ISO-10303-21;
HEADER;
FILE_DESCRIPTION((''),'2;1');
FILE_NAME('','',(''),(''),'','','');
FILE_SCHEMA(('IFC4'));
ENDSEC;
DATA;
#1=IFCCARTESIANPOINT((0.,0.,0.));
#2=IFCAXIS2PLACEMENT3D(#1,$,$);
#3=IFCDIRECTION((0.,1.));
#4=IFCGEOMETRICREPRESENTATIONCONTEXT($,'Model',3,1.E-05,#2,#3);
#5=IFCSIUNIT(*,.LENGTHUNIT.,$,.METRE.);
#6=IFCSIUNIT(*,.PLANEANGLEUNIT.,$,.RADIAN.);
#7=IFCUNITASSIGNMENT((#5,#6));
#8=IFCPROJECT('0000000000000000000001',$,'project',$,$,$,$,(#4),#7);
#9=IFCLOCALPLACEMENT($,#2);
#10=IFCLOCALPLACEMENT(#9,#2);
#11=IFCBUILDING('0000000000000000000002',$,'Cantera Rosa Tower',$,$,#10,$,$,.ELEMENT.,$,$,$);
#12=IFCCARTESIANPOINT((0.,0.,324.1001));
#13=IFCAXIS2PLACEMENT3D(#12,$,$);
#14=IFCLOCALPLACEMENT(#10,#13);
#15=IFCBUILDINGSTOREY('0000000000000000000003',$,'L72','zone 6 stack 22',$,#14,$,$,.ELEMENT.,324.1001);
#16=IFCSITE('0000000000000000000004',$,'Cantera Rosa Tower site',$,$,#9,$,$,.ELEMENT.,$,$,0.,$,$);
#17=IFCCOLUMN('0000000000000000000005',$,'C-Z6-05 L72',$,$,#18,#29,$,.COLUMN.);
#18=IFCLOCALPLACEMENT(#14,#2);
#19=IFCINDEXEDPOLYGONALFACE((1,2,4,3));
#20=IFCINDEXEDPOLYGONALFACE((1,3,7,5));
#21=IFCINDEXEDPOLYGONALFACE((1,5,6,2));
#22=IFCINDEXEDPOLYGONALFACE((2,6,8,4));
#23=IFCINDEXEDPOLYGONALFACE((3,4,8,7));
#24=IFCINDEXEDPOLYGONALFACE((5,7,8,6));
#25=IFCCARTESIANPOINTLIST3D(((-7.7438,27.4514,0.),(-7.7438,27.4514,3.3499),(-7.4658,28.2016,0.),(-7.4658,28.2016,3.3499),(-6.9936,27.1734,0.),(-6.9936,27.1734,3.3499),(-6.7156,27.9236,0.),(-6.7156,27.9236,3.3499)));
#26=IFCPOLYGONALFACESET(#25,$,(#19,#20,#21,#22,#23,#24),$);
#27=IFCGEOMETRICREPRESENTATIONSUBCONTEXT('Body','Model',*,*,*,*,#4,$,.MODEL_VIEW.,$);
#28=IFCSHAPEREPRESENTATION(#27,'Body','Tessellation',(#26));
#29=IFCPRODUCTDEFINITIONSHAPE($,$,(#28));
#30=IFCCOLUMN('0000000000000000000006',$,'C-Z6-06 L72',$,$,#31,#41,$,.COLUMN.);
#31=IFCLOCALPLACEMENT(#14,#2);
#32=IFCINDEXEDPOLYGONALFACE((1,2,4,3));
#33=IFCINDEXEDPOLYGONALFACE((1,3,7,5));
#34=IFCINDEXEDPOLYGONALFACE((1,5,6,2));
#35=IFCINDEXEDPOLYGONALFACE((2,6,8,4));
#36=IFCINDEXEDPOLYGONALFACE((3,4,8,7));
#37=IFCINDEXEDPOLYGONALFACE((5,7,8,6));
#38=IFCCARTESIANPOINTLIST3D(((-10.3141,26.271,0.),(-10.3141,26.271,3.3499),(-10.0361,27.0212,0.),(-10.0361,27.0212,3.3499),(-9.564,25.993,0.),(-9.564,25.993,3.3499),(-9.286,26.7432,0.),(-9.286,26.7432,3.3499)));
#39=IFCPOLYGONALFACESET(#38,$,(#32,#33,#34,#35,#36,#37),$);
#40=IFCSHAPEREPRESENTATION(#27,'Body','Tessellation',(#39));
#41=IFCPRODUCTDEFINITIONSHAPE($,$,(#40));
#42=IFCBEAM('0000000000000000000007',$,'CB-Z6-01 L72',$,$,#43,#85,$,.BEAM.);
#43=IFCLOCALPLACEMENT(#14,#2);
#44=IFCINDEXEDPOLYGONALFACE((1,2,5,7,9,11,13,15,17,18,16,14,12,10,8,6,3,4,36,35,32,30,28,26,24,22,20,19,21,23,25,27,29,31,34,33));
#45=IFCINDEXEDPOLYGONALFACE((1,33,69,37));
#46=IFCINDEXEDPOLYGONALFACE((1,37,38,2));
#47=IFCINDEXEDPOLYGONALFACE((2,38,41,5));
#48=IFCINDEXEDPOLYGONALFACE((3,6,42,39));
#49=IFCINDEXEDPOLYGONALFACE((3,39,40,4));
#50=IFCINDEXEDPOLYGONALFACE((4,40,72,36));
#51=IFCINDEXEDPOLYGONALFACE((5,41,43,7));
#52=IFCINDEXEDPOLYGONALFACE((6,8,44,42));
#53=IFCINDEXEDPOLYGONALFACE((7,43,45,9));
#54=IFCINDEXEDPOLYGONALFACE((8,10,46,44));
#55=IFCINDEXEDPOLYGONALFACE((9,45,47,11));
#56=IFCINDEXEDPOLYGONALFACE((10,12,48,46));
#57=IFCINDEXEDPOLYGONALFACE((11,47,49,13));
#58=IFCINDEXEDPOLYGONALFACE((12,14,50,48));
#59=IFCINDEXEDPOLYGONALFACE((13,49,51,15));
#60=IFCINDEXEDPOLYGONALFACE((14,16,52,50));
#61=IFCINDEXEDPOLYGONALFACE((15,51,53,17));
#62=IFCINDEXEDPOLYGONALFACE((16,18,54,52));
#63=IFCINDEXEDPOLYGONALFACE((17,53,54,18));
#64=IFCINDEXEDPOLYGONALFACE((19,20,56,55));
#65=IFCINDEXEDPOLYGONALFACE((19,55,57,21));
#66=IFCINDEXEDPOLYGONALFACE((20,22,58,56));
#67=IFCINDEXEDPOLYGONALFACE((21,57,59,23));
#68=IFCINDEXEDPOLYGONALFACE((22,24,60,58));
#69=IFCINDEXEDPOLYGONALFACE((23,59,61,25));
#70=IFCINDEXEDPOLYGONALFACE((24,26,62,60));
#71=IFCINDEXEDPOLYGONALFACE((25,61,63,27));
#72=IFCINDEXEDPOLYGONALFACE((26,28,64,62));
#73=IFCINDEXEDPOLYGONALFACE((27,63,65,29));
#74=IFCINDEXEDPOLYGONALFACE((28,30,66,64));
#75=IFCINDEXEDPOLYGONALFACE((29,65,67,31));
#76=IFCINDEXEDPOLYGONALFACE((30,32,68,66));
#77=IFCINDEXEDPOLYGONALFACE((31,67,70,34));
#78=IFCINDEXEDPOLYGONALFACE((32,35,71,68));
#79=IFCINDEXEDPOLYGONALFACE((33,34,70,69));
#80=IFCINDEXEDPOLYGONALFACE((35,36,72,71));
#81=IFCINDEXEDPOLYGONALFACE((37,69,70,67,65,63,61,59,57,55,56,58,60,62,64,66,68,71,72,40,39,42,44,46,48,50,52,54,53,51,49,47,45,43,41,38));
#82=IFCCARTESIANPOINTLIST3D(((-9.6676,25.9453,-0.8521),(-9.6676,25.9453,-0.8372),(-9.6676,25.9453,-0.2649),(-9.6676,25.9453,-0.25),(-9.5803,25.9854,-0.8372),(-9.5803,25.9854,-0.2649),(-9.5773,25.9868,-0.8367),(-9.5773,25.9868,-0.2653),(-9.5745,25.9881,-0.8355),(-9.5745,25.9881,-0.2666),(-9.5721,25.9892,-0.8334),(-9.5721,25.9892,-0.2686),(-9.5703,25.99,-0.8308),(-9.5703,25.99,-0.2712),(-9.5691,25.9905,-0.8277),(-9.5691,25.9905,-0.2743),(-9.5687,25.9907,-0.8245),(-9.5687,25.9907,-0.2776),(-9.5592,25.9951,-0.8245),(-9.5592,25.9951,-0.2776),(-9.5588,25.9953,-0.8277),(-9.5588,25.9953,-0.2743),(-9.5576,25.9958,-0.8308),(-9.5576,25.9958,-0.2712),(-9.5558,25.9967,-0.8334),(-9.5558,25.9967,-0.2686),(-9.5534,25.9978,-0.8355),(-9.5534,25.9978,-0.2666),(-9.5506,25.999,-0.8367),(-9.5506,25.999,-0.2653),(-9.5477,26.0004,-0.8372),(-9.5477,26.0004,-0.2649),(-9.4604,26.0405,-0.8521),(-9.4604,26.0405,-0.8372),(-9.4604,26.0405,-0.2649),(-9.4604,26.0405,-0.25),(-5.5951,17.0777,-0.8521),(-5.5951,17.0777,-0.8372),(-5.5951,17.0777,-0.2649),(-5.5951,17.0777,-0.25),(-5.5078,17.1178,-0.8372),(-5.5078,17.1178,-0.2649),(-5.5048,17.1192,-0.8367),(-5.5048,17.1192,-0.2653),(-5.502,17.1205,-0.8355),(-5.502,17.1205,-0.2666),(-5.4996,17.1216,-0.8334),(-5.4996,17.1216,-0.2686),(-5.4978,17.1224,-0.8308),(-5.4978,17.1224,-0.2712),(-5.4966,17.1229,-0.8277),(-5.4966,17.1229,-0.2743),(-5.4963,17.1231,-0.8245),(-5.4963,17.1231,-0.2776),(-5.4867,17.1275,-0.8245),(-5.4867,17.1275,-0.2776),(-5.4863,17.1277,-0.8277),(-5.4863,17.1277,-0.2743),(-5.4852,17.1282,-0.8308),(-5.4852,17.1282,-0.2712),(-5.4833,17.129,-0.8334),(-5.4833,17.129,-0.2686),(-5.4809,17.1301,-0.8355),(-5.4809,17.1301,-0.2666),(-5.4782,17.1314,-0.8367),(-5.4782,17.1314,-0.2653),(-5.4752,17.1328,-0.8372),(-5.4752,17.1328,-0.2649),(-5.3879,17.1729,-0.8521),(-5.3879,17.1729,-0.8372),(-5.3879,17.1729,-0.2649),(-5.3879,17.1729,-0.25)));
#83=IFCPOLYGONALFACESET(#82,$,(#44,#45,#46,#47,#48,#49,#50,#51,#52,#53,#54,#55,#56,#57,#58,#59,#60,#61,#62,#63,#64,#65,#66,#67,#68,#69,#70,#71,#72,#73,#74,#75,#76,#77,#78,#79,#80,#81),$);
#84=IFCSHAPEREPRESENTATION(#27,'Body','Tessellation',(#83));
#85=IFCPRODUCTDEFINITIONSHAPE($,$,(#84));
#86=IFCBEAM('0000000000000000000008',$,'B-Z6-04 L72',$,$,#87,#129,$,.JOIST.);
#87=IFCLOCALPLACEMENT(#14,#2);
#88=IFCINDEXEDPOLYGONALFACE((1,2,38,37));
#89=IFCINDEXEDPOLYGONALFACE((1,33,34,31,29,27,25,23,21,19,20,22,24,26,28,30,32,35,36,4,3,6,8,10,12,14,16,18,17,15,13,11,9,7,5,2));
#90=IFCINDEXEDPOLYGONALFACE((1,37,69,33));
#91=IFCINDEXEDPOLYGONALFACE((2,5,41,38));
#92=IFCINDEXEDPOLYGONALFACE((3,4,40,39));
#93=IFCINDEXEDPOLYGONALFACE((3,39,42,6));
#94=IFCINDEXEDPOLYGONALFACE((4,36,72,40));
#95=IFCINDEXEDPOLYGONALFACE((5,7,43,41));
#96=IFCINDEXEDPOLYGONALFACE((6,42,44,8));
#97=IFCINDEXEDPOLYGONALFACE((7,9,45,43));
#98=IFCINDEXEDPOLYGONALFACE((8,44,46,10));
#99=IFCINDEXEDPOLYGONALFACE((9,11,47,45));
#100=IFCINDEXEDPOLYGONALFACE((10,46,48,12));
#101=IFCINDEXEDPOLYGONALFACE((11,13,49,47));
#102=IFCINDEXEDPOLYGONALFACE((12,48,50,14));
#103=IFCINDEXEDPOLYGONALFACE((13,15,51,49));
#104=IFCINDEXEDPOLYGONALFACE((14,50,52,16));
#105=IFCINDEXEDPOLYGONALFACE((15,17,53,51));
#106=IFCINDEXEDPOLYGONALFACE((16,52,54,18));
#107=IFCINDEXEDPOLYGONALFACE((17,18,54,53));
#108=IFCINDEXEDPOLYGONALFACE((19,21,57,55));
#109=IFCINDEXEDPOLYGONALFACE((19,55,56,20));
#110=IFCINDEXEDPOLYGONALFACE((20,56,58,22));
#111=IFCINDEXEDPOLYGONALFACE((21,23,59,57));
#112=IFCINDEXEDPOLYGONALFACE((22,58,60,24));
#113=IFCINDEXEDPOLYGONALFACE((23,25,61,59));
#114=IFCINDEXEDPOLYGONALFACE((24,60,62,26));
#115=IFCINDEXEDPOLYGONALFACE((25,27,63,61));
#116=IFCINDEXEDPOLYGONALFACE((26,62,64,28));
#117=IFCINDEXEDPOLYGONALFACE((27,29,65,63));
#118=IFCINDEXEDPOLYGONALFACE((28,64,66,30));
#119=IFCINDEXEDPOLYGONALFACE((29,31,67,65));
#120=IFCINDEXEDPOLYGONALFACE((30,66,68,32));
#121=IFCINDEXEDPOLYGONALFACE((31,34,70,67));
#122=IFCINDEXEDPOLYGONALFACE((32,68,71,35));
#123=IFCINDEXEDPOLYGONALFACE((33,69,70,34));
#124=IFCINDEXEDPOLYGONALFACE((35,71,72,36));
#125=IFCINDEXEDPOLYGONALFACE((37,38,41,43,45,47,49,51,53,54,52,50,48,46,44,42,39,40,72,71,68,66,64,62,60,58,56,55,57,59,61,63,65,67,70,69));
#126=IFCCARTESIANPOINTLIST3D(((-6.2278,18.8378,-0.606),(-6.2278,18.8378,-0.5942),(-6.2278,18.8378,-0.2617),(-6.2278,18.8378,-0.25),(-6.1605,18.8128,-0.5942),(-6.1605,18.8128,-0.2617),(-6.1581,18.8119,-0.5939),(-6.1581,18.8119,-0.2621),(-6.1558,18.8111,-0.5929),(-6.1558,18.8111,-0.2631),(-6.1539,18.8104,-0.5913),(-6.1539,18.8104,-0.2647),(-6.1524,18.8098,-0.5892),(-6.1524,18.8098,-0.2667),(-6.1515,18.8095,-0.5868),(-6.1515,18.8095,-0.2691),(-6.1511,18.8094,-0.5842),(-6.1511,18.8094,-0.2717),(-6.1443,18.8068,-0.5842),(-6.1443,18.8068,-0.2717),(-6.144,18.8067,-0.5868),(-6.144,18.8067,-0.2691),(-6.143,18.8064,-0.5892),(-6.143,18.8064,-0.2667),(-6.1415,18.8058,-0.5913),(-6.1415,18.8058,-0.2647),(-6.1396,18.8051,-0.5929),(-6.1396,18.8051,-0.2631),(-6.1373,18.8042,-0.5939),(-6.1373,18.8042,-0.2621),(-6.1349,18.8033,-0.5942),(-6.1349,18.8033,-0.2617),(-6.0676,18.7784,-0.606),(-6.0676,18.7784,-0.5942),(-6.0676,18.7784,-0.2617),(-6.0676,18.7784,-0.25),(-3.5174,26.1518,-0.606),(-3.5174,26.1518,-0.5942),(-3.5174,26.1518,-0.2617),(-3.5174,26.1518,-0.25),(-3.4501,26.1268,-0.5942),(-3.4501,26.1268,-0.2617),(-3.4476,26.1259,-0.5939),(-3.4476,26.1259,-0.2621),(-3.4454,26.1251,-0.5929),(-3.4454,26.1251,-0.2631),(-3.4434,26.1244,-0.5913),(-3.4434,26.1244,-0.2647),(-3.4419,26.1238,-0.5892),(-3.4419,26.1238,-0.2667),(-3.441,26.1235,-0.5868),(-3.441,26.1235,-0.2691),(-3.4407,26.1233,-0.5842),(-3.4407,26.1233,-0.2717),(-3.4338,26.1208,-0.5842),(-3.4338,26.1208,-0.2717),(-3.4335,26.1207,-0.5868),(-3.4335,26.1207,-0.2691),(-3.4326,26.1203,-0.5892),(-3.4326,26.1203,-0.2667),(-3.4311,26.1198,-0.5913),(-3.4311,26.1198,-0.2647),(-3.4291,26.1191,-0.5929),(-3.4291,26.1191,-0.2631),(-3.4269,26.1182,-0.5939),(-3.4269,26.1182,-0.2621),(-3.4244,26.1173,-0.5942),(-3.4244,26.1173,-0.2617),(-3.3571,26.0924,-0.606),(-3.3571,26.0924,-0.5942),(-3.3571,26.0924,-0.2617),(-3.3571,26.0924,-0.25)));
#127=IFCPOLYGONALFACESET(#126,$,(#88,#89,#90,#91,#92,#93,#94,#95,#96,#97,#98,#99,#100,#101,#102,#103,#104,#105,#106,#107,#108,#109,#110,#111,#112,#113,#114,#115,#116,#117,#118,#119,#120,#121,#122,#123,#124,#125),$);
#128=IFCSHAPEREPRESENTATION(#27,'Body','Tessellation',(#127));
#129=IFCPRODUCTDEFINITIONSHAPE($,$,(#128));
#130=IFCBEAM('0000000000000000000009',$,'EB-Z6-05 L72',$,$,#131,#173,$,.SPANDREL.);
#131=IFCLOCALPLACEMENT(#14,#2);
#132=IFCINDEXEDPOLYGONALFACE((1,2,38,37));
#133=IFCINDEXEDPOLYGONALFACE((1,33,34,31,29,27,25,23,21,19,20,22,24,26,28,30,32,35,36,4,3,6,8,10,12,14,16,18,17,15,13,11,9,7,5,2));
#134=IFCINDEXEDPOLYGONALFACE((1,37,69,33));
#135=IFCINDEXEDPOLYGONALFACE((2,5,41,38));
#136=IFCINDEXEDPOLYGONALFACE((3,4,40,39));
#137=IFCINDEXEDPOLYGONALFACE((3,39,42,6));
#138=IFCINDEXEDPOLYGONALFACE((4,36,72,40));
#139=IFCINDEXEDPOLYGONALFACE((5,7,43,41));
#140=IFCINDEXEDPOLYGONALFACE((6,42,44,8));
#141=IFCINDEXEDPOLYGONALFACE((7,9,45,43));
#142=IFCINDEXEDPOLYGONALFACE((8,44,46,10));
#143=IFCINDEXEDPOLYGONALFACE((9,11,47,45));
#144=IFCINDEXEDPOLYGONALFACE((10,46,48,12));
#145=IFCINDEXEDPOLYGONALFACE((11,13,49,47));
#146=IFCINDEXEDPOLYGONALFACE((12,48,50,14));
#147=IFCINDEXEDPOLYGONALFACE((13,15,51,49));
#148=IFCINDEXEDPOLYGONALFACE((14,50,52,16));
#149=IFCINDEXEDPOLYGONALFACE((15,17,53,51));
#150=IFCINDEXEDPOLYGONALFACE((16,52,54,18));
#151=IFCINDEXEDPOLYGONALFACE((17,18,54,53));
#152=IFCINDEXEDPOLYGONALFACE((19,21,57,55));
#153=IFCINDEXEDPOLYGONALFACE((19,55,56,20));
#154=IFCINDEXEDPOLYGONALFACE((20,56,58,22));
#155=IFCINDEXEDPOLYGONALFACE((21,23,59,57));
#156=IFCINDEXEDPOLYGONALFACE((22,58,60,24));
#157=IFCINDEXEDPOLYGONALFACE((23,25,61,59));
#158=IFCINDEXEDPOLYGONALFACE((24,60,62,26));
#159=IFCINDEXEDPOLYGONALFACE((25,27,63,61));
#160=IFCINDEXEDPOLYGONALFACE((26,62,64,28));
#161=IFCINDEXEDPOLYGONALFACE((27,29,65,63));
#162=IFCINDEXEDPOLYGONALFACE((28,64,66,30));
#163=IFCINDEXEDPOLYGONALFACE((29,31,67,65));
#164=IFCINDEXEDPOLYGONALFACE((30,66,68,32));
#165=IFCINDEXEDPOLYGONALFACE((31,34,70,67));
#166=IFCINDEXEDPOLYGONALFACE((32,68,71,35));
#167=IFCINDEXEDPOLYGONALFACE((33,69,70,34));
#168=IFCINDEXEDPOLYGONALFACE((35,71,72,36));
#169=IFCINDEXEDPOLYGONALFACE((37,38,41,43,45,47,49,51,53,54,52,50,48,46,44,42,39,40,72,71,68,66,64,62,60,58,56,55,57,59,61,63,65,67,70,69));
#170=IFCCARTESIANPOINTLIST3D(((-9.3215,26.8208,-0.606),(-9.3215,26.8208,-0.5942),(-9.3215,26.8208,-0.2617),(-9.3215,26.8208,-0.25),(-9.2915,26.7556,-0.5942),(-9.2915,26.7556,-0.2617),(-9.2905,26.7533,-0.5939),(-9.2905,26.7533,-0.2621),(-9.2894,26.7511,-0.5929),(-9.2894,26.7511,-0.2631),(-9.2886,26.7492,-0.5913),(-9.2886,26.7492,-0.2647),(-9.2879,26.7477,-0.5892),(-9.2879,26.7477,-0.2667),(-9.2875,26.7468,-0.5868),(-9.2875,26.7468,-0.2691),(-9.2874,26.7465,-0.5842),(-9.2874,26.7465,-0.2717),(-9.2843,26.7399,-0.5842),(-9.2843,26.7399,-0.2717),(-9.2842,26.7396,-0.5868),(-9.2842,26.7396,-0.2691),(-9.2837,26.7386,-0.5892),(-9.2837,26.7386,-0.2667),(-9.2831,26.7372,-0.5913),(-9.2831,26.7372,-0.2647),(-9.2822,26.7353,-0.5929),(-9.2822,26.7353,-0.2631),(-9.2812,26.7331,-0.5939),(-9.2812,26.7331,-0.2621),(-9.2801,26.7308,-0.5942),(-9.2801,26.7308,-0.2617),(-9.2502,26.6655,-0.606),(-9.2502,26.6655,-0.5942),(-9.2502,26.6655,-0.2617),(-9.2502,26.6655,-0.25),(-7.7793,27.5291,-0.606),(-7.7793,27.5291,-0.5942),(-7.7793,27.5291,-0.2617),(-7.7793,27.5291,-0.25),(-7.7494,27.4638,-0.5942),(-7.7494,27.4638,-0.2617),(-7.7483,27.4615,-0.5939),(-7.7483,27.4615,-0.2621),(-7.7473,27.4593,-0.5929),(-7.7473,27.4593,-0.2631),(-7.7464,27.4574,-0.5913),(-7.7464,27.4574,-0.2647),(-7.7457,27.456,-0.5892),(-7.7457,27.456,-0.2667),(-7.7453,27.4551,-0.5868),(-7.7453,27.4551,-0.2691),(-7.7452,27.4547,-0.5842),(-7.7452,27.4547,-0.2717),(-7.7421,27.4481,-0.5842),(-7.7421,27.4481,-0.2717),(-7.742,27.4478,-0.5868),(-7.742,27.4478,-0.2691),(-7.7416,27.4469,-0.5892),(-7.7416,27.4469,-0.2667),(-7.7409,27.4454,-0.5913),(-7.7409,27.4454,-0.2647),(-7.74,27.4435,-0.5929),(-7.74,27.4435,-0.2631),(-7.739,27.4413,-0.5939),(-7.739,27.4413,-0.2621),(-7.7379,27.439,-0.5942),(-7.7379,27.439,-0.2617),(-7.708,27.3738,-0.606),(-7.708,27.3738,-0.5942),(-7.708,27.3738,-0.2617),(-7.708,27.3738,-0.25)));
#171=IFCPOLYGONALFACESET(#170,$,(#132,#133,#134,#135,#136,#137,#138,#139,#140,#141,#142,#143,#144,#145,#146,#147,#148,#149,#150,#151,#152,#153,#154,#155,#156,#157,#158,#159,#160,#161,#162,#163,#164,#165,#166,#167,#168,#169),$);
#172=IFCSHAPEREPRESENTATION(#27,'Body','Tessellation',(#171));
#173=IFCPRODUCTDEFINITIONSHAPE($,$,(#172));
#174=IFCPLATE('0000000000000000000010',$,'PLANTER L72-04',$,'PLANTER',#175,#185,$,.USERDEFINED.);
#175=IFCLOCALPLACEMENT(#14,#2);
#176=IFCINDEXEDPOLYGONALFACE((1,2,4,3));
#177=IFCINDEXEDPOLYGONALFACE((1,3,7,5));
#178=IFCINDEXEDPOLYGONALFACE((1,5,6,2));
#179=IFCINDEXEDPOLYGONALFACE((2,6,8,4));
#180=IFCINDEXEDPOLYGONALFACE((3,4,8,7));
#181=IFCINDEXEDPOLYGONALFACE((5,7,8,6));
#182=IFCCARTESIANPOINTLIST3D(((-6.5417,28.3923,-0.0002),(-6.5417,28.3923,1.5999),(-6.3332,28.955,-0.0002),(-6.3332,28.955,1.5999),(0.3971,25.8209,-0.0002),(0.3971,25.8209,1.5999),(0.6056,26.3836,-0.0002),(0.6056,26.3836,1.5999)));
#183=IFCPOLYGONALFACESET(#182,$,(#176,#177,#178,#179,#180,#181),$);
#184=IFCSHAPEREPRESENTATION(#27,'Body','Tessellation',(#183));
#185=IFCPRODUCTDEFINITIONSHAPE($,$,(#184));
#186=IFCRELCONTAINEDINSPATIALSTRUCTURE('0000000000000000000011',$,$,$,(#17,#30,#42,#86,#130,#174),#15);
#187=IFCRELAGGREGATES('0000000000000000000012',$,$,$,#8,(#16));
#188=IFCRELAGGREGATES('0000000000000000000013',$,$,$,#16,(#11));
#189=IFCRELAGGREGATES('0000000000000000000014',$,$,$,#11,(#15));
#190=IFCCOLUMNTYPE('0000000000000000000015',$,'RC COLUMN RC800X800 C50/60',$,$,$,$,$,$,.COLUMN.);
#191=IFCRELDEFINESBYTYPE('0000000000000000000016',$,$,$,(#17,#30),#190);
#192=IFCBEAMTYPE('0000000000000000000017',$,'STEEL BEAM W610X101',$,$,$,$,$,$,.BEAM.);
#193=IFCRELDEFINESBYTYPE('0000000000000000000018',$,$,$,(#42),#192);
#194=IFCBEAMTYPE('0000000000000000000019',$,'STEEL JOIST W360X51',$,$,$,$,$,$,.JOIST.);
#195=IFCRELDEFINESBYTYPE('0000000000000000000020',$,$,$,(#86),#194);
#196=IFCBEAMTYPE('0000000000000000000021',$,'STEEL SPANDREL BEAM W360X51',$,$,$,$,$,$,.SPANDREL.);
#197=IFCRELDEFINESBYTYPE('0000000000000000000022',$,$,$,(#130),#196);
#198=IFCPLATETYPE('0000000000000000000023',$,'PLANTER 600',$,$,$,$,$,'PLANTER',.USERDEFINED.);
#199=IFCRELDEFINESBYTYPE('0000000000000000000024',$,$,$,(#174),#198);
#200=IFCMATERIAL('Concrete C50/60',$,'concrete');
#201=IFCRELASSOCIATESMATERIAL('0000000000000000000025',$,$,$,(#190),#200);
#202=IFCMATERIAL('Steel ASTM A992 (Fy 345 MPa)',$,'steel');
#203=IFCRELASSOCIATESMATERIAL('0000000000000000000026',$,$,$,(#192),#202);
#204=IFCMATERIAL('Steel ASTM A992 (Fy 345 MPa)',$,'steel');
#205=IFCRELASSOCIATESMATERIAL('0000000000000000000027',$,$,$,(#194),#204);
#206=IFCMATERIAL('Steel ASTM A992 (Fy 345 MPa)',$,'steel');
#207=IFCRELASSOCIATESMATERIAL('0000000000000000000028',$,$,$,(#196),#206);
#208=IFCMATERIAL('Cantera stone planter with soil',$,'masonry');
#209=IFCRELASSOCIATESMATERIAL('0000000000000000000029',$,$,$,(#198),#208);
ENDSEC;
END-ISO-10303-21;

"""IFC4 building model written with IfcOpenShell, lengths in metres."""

from ifc_helpers import new_model, si_unit, direction, frame, origin, origin_2d, place, context, subcontext, project, spatial, rectangle, i_section, extrude, material, material_profile, profile_set, type_object, element, save


model = new_model("IFC4")

# Units and contexts
model_context = context("Model", 3, precision=1e-05, world=origin(), true_north=direction((0.0, 1.0)))
body_context = subcontext(model_context, "Body", "Model", "MODEL_VIEW")
ifc_project = project(units=[si_unit("LENGTHUNIT", "METRE"), si_unit("PLANEANGLEUNIT", "RADIAN")], contexts=[model_context])

# Site, building, storey
site_placement = place(None, origin())
site = spatial("IfcSite", under=ifc_project, at=site_placement, Name="Cantera Rosa Tower site", CompositionType="ELEMENT", RefElevation=0.0)
building_placement = place(site_placement, origin())
building = spatial("IfcBuilding", under=site, at=building_placement, Name="Cantera Rosa Tower", CompositionType="ELEMENT")
storey_placement = place(building_placement, frame((0.0, 0.0, 324.1001)))
storey = spatial("IfcBuildingStorey", under=building, at=storey_placement, Name="L72", Description="zone 6 stack 22", CompositionType="ELEMENT", Elevation=324.1001)

# Columns
ifc_material_1 = material(Name="Concrete C50/60", Category="concrete")
ifc_material_profile_1 = material_profile(ifc_material_1, rectangle(XDim=0.8, YDim=0.8, at=origin_2d()), Name="RC COLUMN RC800X800 C50/60")
ifc_profile_set_1 = profile_set([ifc_material_profile_1], Name="Concrete C50/60")
column_type = type_object("IfcColumnType", Name="RC COLUMN RC800X800 C50/60", PredefinedType="COLUMN", material=ifc_profile_set_1)
for number, where, z_axis, x_axis, name in (
    (1, (-7.2297, 27.6875, 0.0), (0.0, 0.0, 1.0), (0.347481, 0.937687, 0.0), "C-Z6-05 L72"),
    (2, (-9.8, 26.5071, 0.0), (0.0, 0.0, 1.0), (0.347481, 0.937687, 0.0), "C-Z6-06 L72"),
):
    element("IfcColumn", number, at=place(storey_placement, frame(where, z_axis=z_axis, x_axis=x_axis)), inside=storey, type_object=column_type, Name=name, PredefinedType="COLUMN", context=body_context, shape_type="SweptSolid", body=[
        extrude(rectangle(XDim=0.8, YDim=0.8, at=origin_2d()), origin(), (0.0, 0.0, 1.0), 3.3499),
    ])

# Beams
ifc_material_2 = material(Name="Steel ASTM A992 (Fy 345 MPa)", Category="steel")
ifc_material_profile_2 = material_profile(ifc_material_2, i_section(OverallWidth=0.228, OverallDepth=0.6021, WebThickness=0.0105, FlangeThickness=0.0149, FilletRadius=0.0127, at=origin_2d()), Name="W610X101")
ifc_profile_set_2 = profile_set([ifc_material_profile_2], Name="Steel ASTM A992 (Fy 345 MPa)")
beam_type_1 = type_object("IfcBeamType", Name="STEEL BEAM W610X101", PredefinedType="BEAM", material=ifc_profile_set_2)
beam_1_placement = place(storey_placement, frame((-9.564, 25.9929, -0.551), z_axis=(0.417346, -0.908748, 0.0), x_axis=(0.908748, 0.417346, 0.0)))
element("IfcBeam", 3, at=beam_1_placement, inside=storey, type_object=beam_type_1, Name="CB-Z6-01 L72", PredefinedType="BEAM", context=body_context, shape_type="SweptSolid", body=[
    extrude(i_section(OverallWidth=0.228, OverallDepth=0.6021, WebThickness=0.0105, FlangeThickness=0.0149, FilletRadius=0.0127, at=origin_2d()), origin(), (0.0, 0.0, 1.0), 9.7581),
])
ifc_material_3 = material(Name="Steel ASTM A992 (Fy 345 MPa)", Category="steel")
ifc_material_profile_3 = material_profile(ifc_material_3, i_section(OverallWidth=0.1709, OverallDepth=0.356, WebThickness=0.0073, FlangeThickness=0.0117, FilletRadius=0.01, at=origin_2d()), Name="W360X51")
ifc_profile_set_3 = profile_set([ifc_material_profile_3], Name="Steel ASTM A992 (Fy 345 MPa)")
beam_type_2 = type_object("IfcBeamType", Name="STEEL JOIST W360X51", PredefinedType="JOIST", material=ifc_profile_set_3)
beam_2_placement = place(storey_placement, frame((-3.4373, 26.1221, -0.428), z_axis=(-0.347492, -0.937683, 0.0), x_axis=(0.937683, -0.347492, 0.0)))
element("IfcBeam", 4, at=beam_2_placement, inside=storey, type_object=beam_type_2, Name="B-Z6-04 L72", PredefinedType="JOIST", context=body_context, shape_type="SweptSolid", body=[
    extrude(i_section(OverallWidth=0.1709, OverallDepth=0.356, WebThickness=0.0073, FlangeThickness=0.0117, FilletRadius=0.01, at=origin_2d()), origin(), (0.0, 0.0, 1.0), 7.8),
])
ifc_material_4 = material(Name="Steel ASTM A992 (Fy 345 MPa)", Category="steel")
ifc_material_profile_4 = material_profile(ifc_material_4, i_section(OverallWidth=0.1709, OverallDepth=0.356, WebThickness=0.0073, FlangeThickness=0.0117, FilletRadius=0.01, at=origin_2d()), Name="W360X51")
ifc_profile_set_4 = profile_set([ifc_material_profile_4], Name="Steel ASTM A992 (Fy 345 MPa)")
beam_type_3 = type_object("IfcBeamType", Name="STEEL SPANDREL BEAM W360X51", PredefinedType="SPANDREL", material=ifc_profile_set_4)
beam_3_placement = place(storey_placement, frame((-7.7437, 27.4514, -0.428), z_axis=(-0.908754, -0.417333, 0.0), x_axis=(0.417333, -0.908754, 0.0)))
element("IfcBeam", 5, at=beam_3_placement, inside=storey, type_object=beam_type_3, Name="EB-Z6-05 L72", PredefinedType="SPANDREL", context=body_context, shape_type="SweptSolid", body=[
    extrude(i_section(OverallWidth=0.1709, OverallDepth=0.356, WebThickness=0.0073, FlangeThickness=0.0117, FilletRadius=0.01, at=origin_2d()), origin(), (0.0, 0.0, 1.0), 1.697),
])

# Plate
ifc_material_5 = material(Name="Cantera stone planter with soil", Category="masonry")
plate_type = type_object("IfcPlateType", Name="PLANTER 600", ElementType="PLANTER", PredefinedType="USERDEFINED", material=ifc_material_5)
plate_placement = place(storey_placement, frame((-2.968, 27.3879, -0.0002), z_axis=(0.0, 0.0, 1.0), x_axis=(-0.937687, 0.347481, 0.0)))
element("IfcPlate", 6, at=plate_placement, inside=storey, type_object=plate_type, Name="PLANTER L72-04", ObjectType="PLANTER", PredefinedType="USERDEFINED", context=body_context, shape_type="SweptSolid", body=[
    extrude(rectangle(XDim=7.3999, YDim=0.6001, at=origin_2d()), origin(), (0.0, 0.0, 1.0), 1.6001),
])

save(model, "model.ifc")
